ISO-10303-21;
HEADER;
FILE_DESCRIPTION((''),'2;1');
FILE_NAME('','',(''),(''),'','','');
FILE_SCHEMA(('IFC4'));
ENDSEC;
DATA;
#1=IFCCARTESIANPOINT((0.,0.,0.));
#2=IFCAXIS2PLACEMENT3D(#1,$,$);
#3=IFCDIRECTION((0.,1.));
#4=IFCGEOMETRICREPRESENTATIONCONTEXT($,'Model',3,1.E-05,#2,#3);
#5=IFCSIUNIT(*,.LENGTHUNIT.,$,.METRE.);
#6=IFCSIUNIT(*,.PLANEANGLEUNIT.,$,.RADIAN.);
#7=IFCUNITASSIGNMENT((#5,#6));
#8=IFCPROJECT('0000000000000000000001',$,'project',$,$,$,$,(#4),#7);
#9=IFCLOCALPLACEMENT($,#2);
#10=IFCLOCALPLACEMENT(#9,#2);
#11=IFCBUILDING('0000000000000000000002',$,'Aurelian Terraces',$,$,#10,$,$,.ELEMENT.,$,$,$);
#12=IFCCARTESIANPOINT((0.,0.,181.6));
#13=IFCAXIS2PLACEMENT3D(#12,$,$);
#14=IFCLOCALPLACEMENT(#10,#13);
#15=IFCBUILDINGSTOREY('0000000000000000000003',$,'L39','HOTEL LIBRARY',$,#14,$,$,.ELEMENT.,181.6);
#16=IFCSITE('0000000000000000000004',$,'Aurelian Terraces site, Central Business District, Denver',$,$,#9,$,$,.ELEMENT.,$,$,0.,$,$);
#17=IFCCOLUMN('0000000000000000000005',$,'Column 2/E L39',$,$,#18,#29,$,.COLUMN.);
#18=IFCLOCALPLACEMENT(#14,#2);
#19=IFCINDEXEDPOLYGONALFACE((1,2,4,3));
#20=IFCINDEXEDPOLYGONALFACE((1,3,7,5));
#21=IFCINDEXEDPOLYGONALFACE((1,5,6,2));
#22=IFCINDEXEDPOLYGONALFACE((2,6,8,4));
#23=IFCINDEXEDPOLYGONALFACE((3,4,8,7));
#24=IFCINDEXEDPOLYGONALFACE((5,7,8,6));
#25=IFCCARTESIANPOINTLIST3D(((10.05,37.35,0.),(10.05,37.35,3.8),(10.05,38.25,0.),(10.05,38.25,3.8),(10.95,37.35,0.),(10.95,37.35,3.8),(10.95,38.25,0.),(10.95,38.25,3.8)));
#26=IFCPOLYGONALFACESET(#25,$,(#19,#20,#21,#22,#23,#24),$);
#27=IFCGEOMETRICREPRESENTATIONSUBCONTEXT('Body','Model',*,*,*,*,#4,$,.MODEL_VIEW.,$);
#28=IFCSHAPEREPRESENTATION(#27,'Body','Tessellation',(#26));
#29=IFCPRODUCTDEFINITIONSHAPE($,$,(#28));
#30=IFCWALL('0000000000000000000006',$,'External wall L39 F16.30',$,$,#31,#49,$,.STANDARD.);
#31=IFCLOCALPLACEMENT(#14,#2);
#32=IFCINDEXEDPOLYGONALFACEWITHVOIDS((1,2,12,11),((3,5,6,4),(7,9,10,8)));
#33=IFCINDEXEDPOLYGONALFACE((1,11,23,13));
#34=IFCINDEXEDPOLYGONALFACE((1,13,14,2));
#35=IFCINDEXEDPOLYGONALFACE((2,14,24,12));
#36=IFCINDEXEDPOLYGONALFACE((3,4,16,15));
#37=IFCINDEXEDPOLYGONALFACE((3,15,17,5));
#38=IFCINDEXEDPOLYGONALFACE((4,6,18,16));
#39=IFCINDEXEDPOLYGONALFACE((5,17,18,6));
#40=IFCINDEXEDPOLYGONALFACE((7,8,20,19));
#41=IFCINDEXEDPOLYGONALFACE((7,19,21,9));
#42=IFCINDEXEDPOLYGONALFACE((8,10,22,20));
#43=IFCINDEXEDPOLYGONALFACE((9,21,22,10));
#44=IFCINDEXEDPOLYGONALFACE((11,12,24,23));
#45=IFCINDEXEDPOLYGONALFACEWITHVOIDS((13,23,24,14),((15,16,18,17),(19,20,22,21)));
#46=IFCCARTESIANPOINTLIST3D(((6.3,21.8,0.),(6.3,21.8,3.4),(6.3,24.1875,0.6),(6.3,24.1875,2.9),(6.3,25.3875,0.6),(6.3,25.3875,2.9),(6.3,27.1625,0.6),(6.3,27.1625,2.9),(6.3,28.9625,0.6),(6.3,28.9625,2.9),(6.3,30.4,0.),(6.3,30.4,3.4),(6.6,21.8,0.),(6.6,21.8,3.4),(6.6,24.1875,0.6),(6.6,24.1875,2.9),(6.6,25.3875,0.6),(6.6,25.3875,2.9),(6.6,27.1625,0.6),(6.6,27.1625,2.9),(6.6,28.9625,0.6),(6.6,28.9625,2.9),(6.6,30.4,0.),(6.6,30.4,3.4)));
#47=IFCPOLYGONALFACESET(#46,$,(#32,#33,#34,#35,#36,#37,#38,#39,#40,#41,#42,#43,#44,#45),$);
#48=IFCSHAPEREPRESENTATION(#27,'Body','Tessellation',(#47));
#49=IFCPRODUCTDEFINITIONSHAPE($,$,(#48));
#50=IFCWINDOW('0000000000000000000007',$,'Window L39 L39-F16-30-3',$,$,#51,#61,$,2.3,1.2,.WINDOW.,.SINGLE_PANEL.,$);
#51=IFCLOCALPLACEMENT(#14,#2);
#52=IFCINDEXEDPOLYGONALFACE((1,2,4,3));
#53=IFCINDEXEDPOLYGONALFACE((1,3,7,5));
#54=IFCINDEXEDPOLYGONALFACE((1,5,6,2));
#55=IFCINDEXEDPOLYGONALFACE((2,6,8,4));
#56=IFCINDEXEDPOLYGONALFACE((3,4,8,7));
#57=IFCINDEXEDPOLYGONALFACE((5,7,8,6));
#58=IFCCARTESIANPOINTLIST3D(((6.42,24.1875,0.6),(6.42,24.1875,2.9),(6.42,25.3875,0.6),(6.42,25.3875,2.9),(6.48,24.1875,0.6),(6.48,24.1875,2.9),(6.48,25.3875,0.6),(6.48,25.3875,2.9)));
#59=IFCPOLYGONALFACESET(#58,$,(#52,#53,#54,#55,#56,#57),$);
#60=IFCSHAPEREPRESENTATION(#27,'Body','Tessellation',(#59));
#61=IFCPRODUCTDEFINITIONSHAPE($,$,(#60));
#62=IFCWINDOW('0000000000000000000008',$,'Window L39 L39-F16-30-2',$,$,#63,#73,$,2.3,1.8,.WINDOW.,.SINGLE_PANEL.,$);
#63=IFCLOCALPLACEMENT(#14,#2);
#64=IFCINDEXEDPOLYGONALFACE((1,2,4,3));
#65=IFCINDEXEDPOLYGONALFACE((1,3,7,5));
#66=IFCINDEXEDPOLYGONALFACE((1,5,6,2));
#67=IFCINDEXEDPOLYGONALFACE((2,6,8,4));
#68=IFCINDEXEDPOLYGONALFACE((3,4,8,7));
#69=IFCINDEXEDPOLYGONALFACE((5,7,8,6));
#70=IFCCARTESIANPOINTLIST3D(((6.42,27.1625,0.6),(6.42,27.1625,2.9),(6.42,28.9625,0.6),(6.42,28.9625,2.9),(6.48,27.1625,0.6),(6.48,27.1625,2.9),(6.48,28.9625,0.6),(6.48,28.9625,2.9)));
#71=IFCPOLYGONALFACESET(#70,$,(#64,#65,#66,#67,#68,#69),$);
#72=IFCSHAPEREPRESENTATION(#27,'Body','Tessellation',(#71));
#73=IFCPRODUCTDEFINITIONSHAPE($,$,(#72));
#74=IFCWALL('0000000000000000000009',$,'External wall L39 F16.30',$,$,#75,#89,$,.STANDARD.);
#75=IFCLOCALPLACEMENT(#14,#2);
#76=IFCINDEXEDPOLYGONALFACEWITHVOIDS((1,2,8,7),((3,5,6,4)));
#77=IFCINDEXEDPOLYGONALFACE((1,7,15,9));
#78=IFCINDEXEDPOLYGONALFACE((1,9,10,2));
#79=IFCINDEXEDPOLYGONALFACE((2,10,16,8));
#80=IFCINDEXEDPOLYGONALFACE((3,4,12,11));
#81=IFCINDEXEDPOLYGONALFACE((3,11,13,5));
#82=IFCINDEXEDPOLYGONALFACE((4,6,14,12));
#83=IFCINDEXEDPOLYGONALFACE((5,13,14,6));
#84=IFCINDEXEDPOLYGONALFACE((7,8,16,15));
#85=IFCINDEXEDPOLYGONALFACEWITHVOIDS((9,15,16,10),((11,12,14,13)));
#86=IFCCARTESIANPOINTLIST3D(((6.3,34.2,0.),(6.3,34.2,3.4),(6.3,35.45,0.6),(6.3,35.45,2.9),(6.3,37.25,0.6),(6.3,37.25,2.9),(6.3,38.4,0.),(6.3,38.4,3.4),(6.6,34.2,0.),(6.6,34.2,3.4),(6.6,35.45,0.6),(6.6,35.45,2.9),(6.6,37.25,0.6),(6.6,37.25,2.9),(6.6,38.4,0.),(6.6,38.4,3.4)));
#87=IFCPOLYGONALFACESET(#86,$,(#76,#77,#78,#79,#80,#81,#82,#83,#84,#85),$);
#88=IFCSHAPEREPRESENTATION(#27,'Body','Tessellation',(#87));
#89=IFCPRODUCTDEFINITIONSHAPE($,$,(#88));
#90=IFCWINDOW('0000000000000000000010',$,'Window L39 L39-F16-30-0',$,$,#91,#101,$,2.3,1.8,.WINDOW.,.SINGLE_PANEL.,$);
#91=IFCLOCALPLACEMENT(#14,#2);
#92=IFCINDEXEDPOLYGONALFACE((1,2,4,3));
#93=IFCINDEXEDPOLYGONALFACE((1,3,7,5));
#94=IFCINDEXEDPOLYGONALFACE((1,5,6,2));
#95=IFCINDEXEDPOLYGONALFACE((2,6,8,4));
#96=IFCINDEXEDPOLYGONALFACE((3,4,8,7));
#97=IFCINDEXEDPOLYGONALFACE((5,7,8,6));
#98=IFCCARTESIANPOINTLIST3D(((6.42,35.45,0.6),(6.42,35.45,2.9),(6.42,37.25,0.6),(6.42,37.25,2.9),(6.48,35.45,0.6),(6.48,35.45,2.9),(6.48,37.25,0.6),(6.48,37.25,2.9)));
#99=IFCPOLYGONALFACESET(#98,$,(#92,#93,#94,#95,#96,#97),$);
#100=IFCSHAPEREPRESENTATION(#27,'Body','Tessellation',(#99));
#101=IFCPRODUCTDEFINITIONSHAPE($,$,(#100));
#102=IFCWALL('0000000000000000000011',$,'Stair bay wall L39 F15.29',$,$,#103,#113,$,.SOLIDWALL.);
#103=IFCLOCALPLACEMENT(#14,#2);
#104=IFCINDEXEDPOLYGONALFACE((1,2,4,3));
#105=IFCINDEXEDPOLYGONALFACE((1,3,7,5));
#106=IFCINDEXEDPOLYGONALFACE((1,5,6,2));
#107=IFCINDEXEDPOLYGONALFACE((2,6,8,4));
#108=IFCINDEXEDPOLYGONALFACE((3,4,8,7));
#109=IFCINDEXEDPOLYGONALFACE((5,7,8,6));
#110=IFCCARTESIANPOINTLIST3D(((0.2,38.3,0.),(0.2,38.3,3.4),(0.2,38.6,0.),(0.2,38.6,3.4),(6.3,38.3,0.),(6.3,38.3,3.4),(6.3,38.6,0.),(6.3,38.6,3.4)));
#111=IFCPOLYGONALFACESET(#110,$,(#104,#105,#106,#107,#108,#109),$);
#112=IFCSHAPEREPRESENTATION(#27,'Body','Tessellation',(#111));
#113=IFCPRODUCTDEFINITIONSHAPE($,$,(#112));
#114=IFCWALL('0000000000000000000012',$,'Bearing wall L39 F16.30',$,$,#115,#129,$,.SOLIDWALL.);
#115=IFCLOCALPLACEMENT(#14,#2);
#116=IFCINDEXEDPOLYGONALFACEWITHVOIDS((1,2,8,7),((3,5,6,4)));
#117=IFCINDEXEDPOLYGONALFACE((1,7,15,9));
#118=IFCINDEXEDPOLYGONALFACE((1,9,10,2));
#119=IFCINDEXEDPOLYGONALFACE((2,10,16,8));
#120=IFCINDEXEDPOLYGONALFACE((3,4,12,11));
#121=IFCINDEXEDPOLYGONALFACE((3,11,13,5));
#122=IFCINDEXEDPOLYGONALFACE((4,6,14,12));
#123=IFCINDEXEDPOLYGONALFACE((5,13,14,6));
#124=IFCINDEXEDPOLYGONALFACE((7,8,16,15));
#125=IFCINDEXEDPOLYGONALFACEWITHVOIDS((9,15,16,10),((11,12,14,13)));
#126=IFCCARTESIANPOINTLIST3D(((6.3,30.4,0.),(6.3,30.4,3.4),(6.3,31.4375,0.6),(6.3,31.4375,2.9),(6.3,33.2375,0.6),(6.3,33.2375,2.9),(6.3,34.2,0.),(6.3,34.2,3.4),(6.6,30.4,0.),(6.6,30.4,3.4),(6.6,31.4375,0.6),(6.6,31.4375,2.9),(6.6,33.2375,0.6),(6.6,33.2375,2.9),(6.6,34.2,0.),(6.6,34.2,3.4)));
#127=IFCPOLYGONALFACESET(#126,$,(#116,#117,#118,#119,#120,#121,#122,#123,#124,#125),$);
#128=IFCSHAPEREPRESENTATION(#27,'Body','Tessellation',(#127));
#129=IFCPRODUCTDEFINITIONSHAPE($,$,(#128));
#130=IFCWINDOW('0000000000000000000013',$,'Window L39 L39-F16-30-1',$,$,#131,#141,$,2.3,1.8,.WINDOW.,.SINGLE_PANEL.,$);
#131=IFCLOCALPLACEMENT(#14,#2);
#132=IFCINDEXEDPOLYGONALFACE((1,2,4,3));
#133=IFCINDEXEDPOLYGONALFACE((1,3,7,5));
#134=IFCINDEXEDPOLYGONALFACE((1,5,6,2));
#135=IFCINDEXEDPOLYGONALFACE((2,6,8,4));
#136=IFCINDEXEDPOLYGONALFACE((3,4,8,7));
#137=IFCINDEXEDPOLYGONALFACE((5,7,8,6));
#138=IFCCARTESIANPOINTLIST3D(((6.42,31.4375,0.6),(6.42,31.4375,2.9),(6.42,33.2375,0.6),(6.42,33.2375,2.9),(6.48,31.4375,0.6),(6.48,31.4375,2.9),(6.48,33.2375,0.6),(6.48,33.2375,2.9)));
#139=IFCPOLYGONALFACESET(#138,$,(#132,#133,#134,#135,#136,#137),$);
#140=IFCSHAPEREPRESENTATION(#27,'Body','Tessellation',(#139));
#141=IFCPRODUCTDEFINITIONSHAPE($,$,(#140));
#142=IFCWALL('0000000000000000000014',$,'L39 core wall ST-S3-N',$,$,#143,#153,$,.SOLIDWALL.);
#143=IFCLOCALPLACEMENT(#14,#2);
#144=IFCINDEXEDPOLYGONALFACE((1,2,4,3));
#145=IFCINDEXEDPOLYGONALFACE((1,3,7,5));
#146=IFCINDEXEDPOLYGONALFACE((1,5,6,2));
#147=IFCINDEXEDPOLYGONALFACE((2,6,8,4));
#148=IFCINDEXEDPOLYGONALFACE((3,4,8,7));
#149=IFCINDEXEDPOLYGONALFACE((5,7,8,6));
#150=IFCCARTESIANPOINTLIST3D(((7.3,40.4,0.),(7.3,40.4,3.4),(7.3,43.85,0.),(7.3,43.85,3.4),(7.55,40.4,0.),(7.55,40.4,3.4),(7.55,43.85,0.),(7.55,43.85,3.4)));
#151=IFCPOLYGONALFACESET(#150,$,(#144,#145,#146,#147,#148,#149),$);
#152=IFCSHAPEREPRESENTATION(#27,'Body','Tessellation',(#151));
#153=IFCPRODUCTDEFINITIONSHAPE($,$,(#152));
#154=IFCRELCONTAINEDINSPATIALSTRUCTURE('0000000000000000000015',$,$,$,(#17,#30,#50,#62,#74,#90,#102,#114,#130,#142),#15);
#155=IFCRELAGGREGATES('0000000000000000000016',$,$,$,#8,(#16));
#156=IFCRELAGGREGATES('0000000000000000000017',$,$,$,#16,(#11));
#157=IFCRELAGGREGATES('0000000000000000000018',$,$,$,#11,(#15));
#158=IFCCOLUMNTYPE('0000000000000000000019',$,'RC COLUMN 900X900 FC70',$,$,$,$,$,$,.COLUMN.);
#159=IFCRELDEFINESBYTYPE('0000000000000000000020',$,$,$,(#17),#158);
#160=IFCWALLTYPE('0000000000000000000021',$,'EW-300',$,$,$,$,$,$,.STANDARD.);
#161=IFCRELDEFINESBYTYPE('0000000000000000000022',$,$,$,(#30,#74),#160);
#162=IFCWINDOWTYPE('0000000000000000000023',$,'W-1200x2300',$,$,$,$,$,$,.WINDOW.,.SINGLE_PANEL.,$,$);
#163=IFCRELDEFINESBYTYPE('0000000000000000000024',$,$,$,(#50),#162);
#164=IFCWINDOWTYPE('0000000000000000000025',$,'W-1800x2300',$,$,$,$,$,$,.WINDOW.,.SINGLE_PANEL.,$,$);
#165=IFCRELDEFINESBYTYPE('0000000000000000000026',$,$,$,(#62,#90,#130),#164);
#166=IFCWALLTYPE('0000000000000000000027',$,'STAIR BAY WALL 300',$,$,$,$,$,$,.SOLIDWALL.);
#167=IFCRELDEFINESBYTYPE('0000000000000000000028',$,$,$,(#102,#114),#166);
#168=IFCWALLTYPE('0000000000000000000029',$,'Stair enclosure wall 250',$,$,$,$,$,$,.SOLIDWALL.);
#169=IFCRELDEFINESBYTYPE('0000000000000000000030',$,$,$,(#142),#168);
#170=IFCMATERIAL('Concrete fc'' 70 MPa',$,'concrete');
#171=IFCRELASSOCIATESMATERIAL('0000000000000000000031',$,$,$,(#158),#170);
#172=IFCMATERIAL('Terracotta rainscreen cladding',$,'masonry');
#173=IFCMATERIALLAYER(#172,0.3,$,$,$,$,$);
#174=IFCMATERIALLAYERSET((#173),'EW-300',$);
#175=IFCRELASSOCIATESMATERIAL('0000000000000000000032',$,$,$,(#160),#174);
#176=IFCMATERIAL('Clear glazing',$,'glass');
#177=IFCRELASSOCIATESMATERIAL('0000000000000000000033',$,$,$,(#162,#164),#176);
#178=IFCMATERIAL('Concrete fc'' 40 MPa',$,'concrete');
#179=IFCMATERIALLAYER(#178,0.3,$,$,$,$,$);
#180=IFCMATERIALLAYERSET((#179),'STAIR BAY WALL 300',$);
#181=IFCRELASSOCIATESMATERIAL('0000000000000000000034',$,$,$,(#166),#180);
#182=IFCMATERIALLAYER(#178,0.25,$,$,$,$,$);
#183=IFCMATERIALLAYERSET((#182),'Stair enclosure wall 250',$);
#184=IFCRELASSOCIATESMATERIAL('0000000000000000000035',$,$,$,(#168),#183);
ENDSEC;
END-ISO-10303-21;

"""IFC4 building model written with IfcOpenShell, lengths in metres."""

from ifc_helpers import new_model, si_unit, direction, frame, frame_2d, origin, origin_2d, place, context, subcontext, project, spatial, rectangle, extrude, source, transform, mapped, material, layer, layer_set, material_profile, profile_set, type_object, element, fill, save


model = new_model("IFC4")

# Units and contexts
model_context = context("Model", 3, precision=1e-05, world=origin(), true_north=direction((0.0, 1.0)))
body_context = subcontext(model_context, "Body", "Model", "MODEL_VIEW")
ifc_project = project(units=[si_unit("LENGTHUNIT", "METRE"), si_unit("PLANEANGLEUNIT", "RADIAN")], contexts=[model_context])

# Site, building, storey
site_placement = place(None, origin())
site = spatial("IfcSite", under=ifc_project, at=site_placement, Name="Aurelian Terraces site, Central Business District, Denver", CompositionType="ELEMENT", RefElevation=0.0)
building_placement = place(site_placement, origin())
building = spatial("IfcBuilding", under=site, at=building_placement, Name="Aurelian Terraces", CompositionType="ELEMENT")
storey_placement = place(building_placement, frame((0.0, 0.0, 181.6)))
storey = spatial("IfcBuildingStorey", under=building, at=storey_placement, Name="L39", Description="HOTEL LIBRARY", CompositionType="ELEMENT", Elevation=181.6)

# Column
ifc_material_1 = material(Name="Concrete fc' 70 MPa", Category="concrete")
ifc_material_profile = material_profile(ifc_material_1, rectangle(XDim=0.9, YDim=0.9, at=origin_2d()))
ifc_profile_set = profile_set([ifc_material_profile], Name="Concrete fc' 70 MPa")
column_type = type_object("IfcColumnType", Name="RC COLUMN 900X900 FC70", PredefinedType="COLUMN", material=ifc_profile_set)
shared_shape_1 = source(origin(), body_context, "Body", "SweptSolid", [
    extrude(rectangle(XDim=0.9, YDim=0.9, at=origin_2d()), origin(), (0.0, 0.0, 1.0), 3.8),
])
column_placement = place(storey_placement, frame((10.5, 37.8, 0.0), z_axis=(0.0, 0.0, 1.0), x_axis=(1.0, 0.0, 0.0)))
element("IfcColumn", 1, at=column_placement, inside=storey, type_object=column_type, Name="Column 2/E L39", PredefinedType="COLUMN", context=body_context, shape_type="MappedRepresentation", body=[
    mapped(shared_shape_1, transform((0.0, 0.0, 0.0), scale=1.0)),
])

# Wall, openings, windows
ifc_material_2 = material(Name="Terracotta rainscreen cladding", Category="masonry")
ifc_layer_1 = layer(ifc_material_2, 0.3)
ifc_layer_set_1 = layer_set([ifc_layer_1], Name="EW-300")
wall_type_1 = type_object("IfcWallType", Name="EW-300", PredefinedType="STANDARD", material=ifc_layer_set_1)
wall_1_placement = place(storey_placement, frame((6.45, 30.4, 0.0), z_axis=(0.0, 0.0, 1.0), x_axis=(0.0, -1.0, 0.0)))
wall_1 = element("IfcWall", 2, at=wall_1_placement, inside=storey, type_object=wall_type_1, Name="External wall L39 F16.30", PredefinedType="STANDARD", context=body_context, shape_type="SweptSolid", body=[
    extrude(rectangle(XDim=8.6, YDim=0.3, at=frame_2d((4.3, 0.0))), origin(), (0.0, 0.0, 1.0), 3.4),
])
shared_shape_2 = source(origin(), body_context, "Body", "SweptSolid", [
    extrude(rectangle(XDim=1.8, YDim=2.3, at=frame_2d((0.9, 1.15))), frame((0.0, 0.16, 0.0), z_axis=(0.0, -1.0, 0.0), x_axis=(1.0, 0.0, 0.0)), (0.0, 0.0, 1.0), 0.32),
])
opening_1_placement = place(wall_1_placement, frame((1.4375, 0.0, 0.6)))
opening_1 = element("IfcOpeningElement", 3, at=opening_1_placement, cuts=wall_1, PredefinedType="OPENING", context=body_context, shape_type="MappedRepresentation", body=[
    mapped(shared_shape_2, transform((0.0, 0.0, 0.0), scale=1.0)),
])
shared_shape_3 = source(origin(), body_context, "Body", "SweptSolid", [
    extrude(rectangle(XDim=1.2, YDim=2.3, at=frame_2d((0.6, 1.15))), frame((0.0, 0.16, 0.0), z_axis=(0.0, -1.0, 0.0), x_axis=(1.0, 0.0, 0.0)), (0.0, 0.0, 1.0), 0.32),
])
opening_2_placement = place(wall_1_placement, frame((5.0125, 0.0, 0.6)))
opening_2 = element("IfcOpeningElement", 4, at=opening_2_placement, cuts=wall_1, PredefinedType="OPENING", context=body_context, shape_type="MappedRepresentation", body=[
    mapped(shared_shape_3, transform((0.0, 0.0, 0.0), scale=1.0)),
])
ifc_material_3 = material(Name="Clear glazing", Category="glass")
window_type_1 = type_object("IfcWindowType", Name="W-1200x2300", PartitioningType="SINGLE_PANEL", PredefinedType="WINDOW", material=ifc_material_3)
shared_shape_4 = source(origin(), body_context, "Body", "SweptSolid", [
    extrude(rectangle(XDim=1.2, YDim=2.3, at=frame_2d((0.6, 1.15))), frame((0.0, 0.03, 0.0), z_axis=(0.0, -1.0, 0.0), x_axis=(1.0, 0.0, 0.0)), (0.0, 0.0, 1.0), 0.06),
])
window_1_placement = place(opening_2_placement, origin())
window_1 = element("IfcWindow", 5, at=window_1_placement, inside=storey, type_object=window_type_1, Name="Window L39 L39-F16-30-3", OverallHeight=2.3, OverallWidth=1.2, PartitioningType="SINGLE_PANEL", PredefinedType="WINDOW", context=body_context, shape_type="MappedRepresentation", body=[
    mapped(shared_shape_4, transform((0.0, 0.0, 0.0), scale=1.0)),
])
fill(opening_2, window_1)
window_type_2 = type_object("IfcWindowType", Name="W-1800x2300", PartitioningType="SINGLE_PANEL", PredefinedType="WINDOW", material=ifc_material_3)
shared_shape_5 = source(origin(), body_context, "Body", "SweptSolid", [
    extrude(rectangle(XDim=1.8, YDim=2.3, at=frame_2d((0.9, 1.15))), frame((0.0, 0.03, 0.0), z_axis=(0.0, -1.0, 0.0), x_axis=(1.0, 0.0, 0.0)), (0.0, 0.0, 1.0), 0.06),
])
window_2_placement = place(opening_1_placement, origin())
window_2 = element("IfcWindow", 6, at=window_2_placement, inside=storey, type_object=window_type_2, Name="Window L39 L39-F16-30-2", OverallHeight=2.3, OverallWidth=1.8, PartitioningType="SINGLE_PANEL", PredefinedType="WINDOW", context=body_context, shape_type="MappedRepresentation", body=[
    mapped(shared_shape_5, transform((0.0, 0.0, 0.0), scale=1.0)),
])
fill(opening_1, window_2)

# Wall, opening, window
shared_shape_6 = source(origin(), body_context, "Body", "SweptSolid", [
    extrude(rectangle(XDim=4.2, YDim=0.3, at=frame_2d((2.1, 0.0))), origin(), (0.0, 0.0, 1.0), 3.4),
])
wall_2_placement = place(storey_placement, frame((6.45, 38.4, 0.0), z_axis=(0.0, 0.0, 1.0), x_axis=(0.0, -1.0, 0.0)))
wall_2 = element("IfcWall", 7, at=wall_2_placement, inside=storey, type_object=wall_type_1, Name="External wall L39 F16.30", PredefinedType="STANDARD", context=body_context, shape_type="MappedRepresentation", body=[
    mapped(shared_shape_6, transform((0.0, 0.0, 0.0), scale=1.0)),
])
opening_3_placement = place(wall_2_placement, frame((1.15, 0.0, 0.6)))
opening_3 = element("IfcOpeningElement", 8, at=opening_3_placement, cuts=wall_2, PredefinedType="OPENING", context=body_context, shape_type="MappedRepresentation", body=[
    mapped(shared_shape_2, transform((0.0, 0.0, 0.0), scale=1.0)),
])
window_3_placement = place(opening_3_placement, origin())
window_3 = element("IfcWindow", 9, at=window_3_placement, inside=storey, type_object=window_type_2, Name="Window L39 L39-F16-30-0", OverallHeight=2.3, OverallWidth=1.8, PartitioningType="SINGLE_PANEL", PredefinedType="WINDOW", context=body_context, shape_type="MappedRepresentation", body=[
    mapped(shared_shape_5, transform((0.0, 0.0, 0.0), scale=1.0)),
])
fill(opening_3, window_3)

# Wall
ifc_material_4 = material(Name="Concrete fc' 40 MPa", Category="concrete")
ifc_layer_2 = layer(ifc_material_4, 0.3)
ifc_layer_set_2 = layer_set([ifc_layer_2], Name="STAIR BAY WALL 300")
wall_type_2 = type_object("IfcWallType", Name="STAIR BAY WALL 300", PredefinedType="SOLIDWALL", material=ifc_layer_set_2)
shared_shape_7 = source(origin(), body_context, "Body", "SweptSolid", [
    extrude(rectangle(XDim=6.1, YDim=0.3, at=frame_2d((3.05, 0.0))), origin(), (0.0, 0.0, 1.0), 3.4),
])
wall_3_placement = place(storey_placement, frame((0.2, 38.45, 0.0), z_axis=(0.0, 0.0, 1.0), x_axis=(1.0, 0.0, 0.0)))
element("IfcWall", 10, at=wall_3_placement, inside=storey, type_object=wall_type_2, Name="Stair bay wall L39 F15.29", PredefinedType="SOLIDWALL", context=body_context, shape_type="MappedRepresentation", body=[
    mapped(shared_shape_7, transform((0.0, 0.0, 0.0), scale=1.0)),
])

# Wall, opening, window
shared_shape_8 = source(origin(), body_context, "Body", "SweptSolid", [
    extrude(rectangle(XDim=3.8, YDim=0.3, at=frame_2d((1.9, 0.0))), origin(), (0.0, 0.0, 1.0), 3.4),
])
wall_4_placement = place(storey_placement, frame((6.45, 34.2, 0.0), z_axis=(0.0, 0.0, 1.0), x_axis=(0.0, -1.0, 0.0)))
wall_4 = element("IfcWall", 11, at=wall_4_placement, inside=storey, type_object=wall_type_2, Name="Bearing wall L39 F16.30", PredefinedType="SOLIDWALL", context=body_context, shape_type="MappedRepresentation", body=[
    mapped(shared_shape_8, transform((0.0, 0.0, 0.0), scale=1.0)),
])
opening_4_placement = place(wall_4_placement, frame((0.9625, 0.0, 0.6)))
opening_4 = element("IfcOpeningElement", 12, at=opening_4_placement, cuts=wall_4, PredefinedType="OPENING", context=body_context, shape_type="MappedRepresentation", body=[
    mapped(shared_shape_2, transform((0.0, 0.0, 0.0), scale=1.0)),
])
window_4_placement = place(opening_4_placement, origin())
window_4 = element("IfcWindow", 13, at=window_4_placement, inside=storey, type_object=window_type_2, Name="Window L39 L39-F16-30-1", OverallHeight=2.3, OverallWidth=1.8, PartitioningType="SINGLE_PANEL", PredefinedType="WINDOW", context=body_context, shape_type="MappedRepresentation", body=[
    mapped(shared_shape_5, transform((0.0, 0.0, 0.0), scale=1.0)),
])
fill(opening_4, window_4)

# Wall
ifc_layer_3 = layer(ifc_material_4, 0.25)
ifc_layer_set_3 = layer_set([ifc_layer_3], Name="Stair enclosure wall 250")
wall_type_3 = type_object("IfcWallType", Name="Stair enclosure wall 250", PredefinedType="SOLIDWALL", material=ifc_layer_set_3)
shared_shape_9 = source(origin(), body_context, "Body", "SweptSolid", [
    extrude(rectangle(XDim=3.45, YDim=0.25, at=frame_2d((1.725, 0.0))), origin(), (0.0, 0.0, 1.0), 3.4),
])
wall_5_placement = place(storey_placement, frame((7.425, 40.4, 0.0), z_axis=(0.0, 0.0, 1.0), x_axis=(0.0, 1.0, 0.0)))
element("IfcWall", 14, at=wall_5_placement, inside=storey, type_object=wall_type_3, Name="L39 core wall ST-S3-N", PredefinedType="SOLIDWALL", context=body_context, shape_type="MappedRepresentation", body=[
    mapped(shared_shape_9, transform((0.0, 0.0, 0.0), scale=1.0)),
])

save(model, "model.ifc")
